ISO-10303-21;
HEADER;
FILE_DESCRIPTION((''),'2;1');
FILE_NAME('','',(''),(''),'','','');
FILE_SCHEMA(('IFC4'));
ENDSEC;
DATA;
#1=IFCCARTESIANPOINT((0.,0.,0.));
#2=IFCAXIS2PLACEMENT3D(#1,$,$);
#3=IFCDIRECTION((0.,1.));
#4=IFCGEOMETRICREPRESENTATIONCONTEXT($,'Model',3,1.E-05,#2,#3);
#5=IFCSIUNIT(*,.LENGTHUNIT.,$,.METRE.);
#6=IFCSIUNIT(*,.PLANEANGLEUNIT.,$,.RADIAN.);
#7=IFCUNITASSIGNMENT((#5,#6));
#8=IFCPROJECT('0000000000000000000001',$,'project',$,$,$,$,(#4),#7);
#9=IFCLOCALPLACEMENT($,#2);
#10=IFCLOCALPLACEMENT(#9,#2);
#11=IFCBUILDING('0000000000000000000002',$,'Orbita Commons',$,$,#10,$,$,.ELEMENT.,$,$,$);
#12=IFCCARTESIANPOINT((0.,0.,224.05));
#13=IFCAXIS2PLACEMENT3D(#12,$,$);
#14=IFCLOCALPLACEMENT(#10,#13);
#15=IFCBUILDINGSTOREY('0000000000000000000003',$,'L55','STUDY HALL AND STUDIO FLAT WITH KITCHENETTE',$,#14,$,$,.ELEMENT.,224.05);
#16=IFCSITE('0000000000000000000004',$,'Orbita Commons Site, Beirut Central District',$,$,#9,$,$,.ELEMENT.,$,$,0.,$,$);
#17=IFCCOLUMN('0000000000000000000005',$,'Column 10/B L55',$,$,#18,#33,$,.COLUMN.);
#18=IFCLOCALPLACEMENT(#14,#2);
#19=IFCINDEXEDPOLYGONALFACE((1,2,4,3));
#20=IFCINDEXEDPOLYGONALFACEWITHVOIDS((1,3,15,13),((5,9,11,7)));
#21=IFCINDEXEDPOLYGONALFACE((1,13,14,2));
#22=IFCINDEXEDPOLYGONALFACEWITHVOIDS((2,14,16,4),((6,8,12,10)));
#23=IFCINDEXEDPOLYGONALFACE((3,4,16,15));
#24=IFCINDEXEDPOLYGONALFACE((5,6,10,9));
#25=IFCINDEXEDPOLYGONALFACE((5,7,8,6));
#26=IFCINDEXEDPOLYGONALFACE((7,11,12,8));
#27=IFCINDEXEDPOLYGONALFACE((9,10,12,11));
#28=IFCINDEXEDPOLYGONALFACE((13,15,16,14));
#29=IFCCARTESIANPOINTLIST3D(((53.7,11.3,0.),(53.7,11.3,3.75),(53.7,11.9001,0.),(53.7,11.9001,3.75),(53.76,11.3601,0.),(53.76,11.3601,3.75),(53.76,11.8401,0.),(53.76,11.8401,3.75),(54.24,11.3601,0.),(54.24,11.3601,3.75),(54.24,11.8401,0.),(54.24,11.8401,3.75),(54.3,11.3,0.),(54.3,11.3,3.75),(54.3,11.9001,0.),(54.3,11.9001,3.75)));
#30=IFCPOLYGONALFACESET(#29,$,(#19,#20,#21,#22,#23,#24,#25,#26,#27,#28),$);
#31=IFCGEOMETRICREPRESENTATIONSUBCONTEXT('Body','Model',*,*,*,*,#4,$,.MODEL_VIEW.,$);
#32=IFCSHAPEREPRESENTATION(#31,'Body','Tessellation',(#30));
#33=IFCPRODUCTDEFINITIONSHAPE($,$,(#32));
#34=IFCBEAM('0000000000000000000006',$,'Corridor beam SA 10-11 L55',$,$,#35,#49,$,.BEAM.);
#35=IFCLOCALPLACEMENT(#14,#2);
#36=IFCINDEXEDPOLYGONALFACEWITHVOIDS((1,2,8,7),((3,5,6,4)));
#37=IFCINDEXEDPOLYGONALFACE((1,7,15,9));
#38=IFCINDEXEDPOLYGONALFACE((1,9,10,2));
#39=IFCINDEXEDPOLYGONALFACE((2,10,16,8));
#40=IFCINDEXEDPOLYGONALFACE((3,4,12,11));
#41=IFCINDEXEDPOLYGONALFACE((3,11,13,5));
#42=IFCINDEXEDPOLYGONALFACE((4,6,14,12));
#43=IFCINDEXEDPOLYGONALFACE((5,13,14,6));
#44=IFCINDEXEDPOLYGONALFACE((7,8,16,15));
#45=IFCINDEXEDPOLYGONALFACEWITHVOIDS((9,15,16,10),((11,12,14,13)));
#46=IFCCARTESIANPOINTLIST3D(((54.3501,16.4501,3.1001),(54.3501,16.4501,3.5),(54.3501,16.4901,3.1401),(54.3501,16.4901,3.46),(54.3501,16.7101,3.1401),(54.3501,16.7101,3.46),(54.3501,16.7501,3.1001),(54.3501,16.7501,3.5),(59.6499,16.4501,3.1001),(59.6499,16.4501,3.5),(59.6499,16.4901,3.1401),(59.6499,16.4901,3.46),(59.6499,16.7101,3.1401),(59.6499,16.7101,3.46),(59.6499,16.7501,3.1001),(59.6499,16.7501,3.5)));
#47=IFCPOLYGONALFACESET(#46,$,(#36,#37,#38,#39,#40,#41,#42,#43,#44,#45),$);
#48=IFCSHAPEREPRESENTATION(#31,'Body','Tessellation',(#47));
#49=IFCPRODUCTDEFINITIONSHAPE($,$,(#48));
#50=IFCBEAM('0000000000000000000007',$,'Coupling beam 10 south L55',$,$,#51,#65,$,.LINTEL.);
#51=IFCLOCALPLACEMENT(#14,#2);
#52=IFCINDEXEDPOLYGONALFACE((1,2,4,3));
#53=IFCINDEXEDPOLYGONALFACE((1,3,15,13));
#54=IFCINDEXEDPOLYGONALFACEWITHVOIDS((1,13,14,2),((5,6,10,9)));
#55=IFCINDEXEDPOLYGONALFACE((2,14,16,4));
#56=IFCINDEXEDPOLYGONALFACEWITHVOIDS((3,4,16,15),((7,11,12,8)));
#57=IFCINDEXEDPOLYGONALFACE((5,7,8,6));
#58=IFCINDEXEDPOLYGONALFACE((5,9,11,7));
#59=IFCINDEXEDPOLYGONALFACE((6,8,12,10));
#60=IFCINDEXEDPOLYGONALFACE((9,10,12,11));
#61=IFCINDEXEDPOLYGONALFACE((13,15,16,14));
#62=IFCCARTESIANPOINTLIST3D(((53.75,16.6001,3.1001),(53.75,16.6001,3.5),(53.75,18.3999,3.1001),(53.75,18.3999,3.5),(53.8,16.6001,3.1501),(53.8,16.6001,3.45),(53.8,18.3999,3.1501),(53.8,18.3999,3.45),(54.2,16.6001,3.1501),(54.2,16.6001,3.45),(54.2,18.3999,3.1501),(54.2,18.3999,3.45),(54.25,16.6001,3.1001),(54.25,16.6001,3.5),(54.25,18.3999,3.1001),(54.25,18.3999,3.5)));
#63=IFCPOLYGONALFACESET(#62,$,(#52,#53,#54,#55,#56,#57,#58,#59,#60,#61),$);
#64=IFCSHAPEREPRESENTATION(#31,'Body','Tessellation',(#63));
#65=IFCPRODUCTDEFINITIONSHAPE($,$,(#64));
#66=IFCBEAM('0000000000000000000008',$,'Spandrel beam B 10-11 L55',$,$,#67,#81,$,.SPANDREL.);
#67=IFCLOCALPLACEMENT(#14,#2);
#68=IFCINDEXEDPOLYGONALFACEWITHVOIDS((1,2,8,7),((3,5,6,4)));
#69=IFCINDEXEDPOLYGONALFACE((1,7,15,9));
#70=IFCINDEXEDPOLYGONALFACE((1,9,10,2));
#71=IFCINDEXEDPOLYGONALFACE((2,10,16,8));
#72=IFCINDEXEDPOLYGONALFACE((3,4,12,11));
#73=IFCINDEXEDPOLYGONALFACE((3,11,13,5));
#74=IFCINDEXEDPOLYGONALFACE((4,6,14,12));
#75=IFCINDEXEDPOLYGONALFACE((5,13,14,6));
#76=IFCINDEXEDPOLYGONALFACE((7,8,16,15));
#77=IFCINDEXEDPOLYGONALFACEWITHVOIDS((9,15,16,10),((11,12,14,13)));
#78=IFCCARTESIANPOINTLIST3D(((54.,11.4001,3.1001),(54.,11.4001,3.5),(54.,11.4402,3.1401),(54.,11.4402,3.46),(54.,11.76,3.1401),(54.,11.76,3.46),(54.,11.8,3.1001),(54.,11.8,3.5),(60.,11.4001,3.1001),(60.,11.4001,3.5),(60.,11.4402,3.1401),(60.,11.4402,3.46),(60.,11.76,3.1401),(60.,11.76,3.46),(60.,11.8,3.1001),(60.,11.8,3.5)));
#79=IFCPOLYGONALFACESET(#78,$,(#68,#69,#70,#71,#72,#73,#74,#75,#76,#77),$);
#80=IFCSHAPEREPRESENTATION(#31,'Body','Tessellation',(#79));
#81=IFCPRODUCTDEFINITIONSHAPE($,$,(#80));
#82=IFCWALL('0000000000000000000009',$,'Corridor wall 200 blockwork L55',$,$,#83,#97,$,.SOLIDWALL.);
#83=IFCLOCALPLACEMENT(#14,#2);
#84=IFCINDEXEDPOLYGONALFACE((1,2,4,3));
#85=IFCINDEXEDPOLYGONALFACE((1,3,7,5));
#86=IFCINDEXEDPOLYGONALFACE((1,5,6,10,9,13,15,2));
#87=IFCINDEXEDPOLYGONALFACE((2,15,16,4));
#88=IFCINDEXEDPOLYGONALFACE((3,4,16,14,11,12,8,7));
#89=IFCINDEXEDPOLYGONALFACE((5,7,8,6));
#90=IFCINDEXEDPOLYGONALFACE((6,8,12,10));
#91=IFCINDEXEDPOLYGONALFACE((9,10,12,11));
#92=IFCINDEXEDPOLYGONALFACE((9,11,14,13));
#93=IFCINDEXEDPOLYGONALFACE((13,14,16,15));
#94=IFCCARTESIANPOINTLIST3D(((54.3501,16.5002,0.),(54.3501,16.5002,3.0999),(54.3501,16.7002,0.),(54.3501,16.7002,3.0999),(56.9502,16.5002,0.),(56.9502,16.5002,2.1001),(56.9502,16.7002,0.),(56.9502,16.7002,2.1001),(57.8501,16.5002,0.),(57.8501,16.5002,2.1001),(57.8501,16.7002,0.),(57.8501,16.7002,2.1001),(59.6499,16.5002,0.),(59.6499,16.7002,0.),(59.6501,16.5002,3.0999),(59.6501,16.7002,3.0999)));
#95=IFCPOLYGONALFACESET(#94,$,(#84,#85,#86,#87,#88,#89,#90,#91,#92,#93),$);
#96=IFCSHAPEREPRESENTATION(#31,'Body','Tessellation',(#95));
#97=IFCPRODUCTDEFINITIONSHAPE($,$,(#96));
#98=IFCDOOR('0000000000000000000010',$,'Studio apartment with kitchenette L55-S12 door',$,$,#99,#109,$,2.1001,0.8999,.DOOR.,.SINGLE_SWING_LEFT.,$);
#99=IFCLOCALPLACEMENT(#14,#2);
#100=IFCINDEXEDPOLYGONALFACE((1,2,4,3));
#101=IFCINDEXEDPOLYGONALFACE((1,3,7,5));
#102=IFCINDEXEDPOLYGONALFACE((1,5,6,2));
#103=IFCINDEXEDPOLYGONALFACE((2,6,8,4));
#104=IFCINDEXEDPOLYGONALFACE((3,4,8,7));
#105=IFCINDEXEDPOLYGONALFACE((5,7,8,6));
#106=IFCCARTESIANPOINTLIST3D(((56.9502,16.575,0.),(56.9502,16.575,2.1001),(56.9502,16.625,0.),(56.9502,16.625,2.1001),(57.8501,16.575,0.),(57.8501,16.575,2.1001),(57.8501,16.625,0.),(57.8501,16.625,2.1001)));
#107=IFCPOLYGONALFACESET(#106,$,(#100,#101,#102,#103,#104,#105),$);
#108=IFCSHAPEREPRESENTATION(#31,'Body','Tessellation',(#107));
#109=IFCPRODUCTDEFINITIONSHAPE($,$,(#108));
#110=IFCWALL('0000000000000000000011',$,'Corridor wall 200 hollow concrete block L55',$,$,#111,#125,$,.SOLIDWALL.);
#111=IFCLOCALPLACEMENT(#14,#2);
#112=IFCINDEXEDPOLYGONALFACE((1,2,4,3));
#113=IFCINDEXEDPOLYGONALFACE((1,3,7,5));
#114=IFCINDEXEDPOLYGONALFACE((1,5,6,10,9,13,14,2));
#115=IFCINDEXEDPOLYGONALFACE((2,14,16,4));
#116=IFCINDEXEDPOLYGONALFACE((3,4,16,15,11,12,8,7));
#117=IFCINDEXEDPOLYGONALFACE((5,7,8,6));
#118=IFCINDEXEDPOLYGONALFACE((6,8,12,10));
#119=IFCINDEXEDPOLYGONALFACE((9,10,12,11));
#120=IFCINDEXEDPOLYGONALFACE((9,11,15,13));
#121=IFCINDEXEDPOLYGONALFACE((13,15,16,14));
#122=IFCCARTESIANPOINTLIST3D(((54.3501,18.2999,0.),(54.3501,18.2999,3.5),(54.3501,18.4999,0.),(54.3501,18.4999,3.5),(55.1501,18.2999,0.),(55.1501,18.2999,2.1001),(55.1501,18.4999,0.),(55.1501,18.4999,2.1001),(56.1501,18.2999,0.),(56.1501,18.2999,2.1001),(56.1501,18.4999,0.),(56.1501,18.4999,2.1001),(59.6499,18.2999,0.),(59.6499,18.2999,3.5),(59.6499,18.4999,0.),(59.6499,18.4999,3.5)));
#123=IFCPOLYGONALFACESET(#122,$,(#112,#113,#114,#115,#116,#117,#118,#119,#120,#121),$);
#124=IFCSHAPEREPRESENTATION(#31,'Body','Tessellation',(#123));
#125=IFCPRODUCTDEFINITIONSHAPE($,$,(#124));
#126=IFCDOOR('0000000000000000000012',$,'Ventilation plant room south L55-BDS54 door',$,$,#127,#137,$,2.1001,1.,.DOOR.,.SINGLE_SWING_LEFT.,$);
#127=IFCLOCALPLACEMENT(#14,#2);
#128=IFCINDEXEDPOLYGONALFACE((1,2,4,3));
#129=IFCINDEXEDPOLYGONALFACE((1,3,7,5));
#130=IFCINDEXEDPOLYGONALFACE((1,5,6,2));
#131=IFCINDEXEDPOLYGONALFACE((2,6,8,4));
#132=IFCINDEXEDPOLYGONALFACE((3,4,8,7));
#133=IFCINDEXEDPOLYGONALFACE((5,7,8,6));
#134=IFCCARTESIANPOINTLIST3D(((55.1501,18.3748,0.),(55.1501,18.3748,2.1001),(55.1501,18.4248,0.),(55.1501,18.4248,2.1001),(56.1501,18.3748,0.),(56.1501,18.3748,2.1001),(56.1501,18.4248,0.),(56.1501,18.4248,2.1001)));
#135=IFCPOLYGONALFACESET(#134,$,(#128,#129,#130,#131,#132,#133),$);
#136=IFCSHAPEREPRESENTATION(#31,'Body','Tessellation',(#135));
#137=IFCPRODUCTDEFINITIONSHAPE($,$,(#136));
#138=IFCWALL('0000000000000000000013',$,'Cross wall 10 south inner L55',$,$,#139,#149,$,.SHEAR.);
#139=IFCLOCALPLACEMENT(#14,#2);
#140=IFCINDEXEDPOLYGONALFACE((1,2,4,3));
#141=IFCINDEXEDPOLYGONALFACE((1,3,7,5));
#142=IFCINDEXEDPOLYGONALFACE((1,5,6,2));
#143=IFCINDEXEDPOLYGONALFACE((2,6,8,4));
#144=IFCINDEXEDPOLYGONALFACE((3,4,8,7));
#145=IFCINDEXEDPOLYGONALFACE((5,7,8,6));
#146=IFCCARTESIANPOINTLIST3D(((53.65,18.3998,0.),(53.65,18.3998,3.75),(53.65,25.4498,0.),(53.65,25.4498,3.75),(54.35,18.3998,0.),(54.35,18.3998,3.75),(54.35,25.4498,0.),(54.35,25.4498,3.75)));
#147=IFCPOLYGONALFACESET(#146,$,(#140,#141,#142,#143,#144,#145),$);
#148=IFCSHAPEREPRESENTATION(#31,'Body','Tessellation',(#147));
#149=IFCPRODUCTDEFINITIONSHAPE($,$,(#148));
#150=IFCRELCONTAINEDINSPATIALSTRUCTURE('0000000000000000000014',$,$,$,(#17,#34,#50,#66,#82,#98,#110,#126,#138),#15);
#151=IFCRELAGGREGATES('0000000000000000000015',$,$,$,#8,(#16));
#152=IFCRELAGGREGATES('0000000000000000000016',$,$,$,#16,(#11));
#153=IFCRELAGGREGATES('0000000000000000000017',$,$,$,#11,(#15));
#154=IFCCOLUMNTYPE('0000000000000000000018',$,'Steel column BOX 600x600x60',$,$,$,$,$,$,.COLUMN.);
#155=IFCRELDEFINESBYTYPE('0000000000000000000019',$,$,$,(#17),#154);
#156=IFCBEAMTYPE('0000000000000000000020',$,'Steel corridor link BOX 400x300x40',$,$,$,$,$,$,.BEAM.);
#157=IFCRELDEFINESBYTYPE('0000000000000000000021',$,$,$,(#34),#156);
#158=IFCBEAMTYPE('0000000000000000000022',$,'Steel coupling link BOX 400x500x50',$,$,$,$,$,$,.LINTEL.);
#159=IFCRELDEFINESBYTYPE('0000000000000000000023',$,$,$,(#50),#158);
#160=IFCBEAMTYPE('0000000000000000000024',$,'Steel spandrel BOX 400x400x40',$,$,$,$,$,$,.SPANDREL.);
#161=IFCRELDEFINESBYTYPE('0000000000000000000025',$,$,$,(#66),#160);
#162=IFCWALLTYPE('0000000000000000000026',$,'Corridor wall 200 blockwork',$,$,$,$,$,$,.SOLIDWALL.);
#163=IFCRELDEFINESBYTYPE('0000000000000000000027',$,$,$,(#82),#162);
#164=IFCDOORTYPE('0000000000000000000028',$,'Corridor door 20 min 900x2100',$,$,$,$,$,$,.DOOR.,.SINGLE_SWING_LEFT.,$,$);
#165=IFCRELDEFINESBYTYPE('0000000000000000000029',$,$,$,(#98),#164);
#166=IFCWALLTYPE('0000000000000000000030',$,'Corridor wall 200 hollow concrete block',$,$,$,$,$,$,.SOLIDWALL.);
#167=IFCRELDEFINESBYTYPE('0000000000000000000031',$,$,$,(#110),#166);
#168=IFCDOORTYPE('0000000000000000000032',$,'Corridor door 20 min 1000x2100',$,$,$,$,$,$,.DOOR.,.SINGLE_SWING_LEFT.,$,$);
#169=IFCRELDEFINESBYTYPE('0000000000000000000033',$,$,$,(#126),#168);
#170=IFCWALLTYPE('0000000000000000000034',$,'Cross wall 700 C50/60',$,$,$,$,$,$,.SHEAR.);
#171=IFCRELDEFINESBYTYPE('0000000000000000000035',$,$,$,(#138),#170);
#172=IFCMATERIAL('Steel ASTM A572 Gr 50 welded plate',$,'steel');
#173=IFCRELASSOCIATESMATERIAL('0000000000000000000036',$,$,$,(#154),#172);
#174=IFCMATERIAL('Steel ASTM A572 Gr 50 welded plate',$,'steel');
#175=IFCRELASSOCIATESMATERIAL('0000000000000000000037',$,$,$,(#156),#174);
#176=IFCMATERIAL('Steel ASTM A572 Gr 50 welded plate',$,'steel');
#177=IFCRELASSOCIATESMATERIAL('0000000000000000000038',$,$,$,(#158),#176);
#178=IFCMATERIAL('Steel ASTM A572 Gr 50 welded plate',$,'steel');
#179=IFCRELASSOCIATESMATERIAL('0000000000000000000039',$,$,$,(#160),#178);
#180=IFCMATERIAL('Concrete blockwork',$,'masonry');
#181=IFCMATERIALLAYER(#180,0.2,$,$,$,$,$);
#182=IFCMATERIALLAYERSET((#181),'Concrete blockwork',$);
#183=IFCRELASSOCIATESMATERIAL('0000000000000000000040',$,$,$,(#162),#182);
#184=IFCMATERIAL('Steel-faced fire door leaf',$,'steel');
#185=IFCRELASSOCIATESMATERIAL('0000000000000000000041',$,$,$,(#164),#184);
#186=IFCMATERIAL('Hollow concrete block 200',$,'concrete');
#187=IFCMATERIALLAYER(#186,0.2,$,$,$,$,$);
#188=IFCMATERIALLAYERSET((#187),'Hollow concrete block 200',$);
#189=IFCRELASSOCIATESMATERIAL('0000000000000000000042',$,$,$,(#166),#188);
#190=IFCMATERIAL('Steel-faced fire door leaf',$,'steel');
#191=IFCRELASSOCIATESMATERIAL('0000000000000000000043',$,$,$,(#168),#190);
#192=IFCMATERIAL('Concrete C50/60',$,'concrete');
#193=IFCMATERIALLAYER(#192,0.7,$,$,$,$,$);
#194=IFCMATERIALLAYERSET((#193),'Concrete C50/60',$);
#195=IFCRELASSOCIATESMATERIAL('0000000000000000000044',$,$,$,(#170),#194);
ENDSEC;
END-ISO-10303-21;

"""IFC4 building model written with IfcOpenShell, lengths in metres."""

from ifc_helpers import new_model, si_unit, direction, frame, frame_2d, origin, origin_2d, place, context, subcontext, project, spatial, polyline, rectangle, hollow_rectangle, outline, extrude, material, layer, layer_set, material_profile, profile_set, type_object, element, fill, save


model = new_model("IFC4")

# Units and contexts
model_context = context("Model", 3, precision=1e-05, world=origin(), true_north=direction((0.0, 1.0)))
body_context = subcontext(model_context, "Body", "Model", "MODEL_VIEW")
ifc_project = project(units=[si_unit("LENGTHUNIT", "METRE"), si_unit("PLANEANGLEUNIT", "RADIAN")], contexts=[model_context])

# Site, building, storey
site_placement = place(None, origin())
site = spatial("IfcSite", under=ifc_project, at=site_placement, Name="Orbita Commons Site, Beirut Central District", CompositionType="ELEMENT", RefElevation=0.0)
building_placement = place(site_placement, origin())
building = spatial("IfcBuilding", under=site, at=building_placement, Name="Orbita Commons", CompositionType="ELEMENT")
storey_placement = place(building_placement, frame((0.0, 0.0, 224.05)))
storey = spatial("IfcBuildingStorey", under=building, at=storey_placement, Name="L55", Description="STUDY HALL AND STUDIO FLAT WITH KITCHENETTE", CompositionType="ELEMENT", Elevation=224.05)

# Column
ifc_material_1 = material(Name="Steel ASTM A572 Gr 50 welded plate", Category="steel")
ifc_material_profile_1 = material_profile(ifc_material_1, hollow_rectangle(XDim=0.6001, YDim=0.6001, WallThickness=0.0601, at=origin_2d()), Name="BOX 600x600x60")
ifc_profile_set_1 = profile_set([ifc_material_profile_1], Name="Steel ASTM A572 Gr 50 welded plate")
column_type = type_object("IfcColumnType", Name="Steel column BOX 600x600x60", PredefinedType="COLUMN", material=ifc_profile_set_1)
column_placement = place(storey_placement, frame((54.0, 11.6001, 0.0), z_axis=(0.0, 0.0, 1.0), x_axis=(1.0, 0.0, 0.0)))
element("IfcColumn", 1, at=column_placement, inside=storey, type_object=column_type, Name="Column 10/B L55", PredefinedType="COLUMN", context=body_context, shape_type="SweptSolid", body=[
    extrude(hollow_rectangle(XDim=0.6001, YDim=0.6001, WallThickness=0.0601, at=origin_2d()), origin(), (0.0, 0.0, 1.0), 3.75),
])

# Beams
ifc_material_2 = material(Name="Steel ASTM A572 Gr 50 welded plate", Category="steel")
ifc_material_profile_2 = material_profile(ifc_material_2, hollow_rectangle(XDim=0.3, YDim=0.3999, WallThickness=0.04, at=origin_2d()), Name="BOX 400x300x40")
ifc_profile_set_2 = profile_set([ifc_material_profile_2], Name="Steel ASTM A572 Gr 50 welded plate")
beam_type_1 = type_object("IfcBeamType", Name="Steel corridor link BOX 400x300x40", PredefinedType="BEAM", material=ifc_profile_set_2)
beam_1_placement = place(storey_placement, frame((54.3501, 16.6001, 3.3), z_axis=(1.0, 0.0, 0.0), x_axis=(0.0, 1.0, 0.0)))
element("IfcBeam", 2, at=beam_1_placement, inside=storey, type_object=beam_type_1, Name="Corridor beam SA 10-11 L55", PredefinedType="BEAM", context=body_context, shape_type="SweptSolid", body=[
    extrude(hollow_rectangle(XDim=0.3, YDim=0.3999, WallThickness=0.04, at=origin_2d()), origin(), (0.0, 0.0, 1.0), 5.2998),
])
ifc_material_3 = material(Name="Steel ASTM A572 Gr 50 welded plate", Category="steel")
ifc_material_profile_3 = material_profile(ifc_material_3, hollow_rectangle(XDim=0.5, YDim=0.3999, WallThickness=0.05, at=origin_2d()), Name="BOX 400x500x50")
ifc_profile_set_3 = profile_set([ifc_material_profile_3], Name="Steel ASTM A572 Gr 50 welded plate")
beam_type_2 = type_object("IfcBeamType", Name="Steel coupling link BOX 400x500x50", PredefinedType="LINTEL", material=ifc_profile_set_3)
beam_2_placement = place(storey_placement, frame((54.0, 16.6001, 3.3), z_axis=(0.0, 1.0, 0.0), x_axis=(-1.0, 0.0, 0.0)))
element("IfcBeam", 3, at=beam_2_placement, inside=storey, type_object=beam_type_2, Name="Coupling beam 10 south L55", PredefinedType="LINTEL", context=body_context, shape_type="SweptSolid", body=[
    extrude(hollow_rectangle(XDim=0.5, YDim=0.3999, WallThickness=0.05, at=origin_2d()), origin(), (0.0, 0.0, 1.0), 1.7998),
])
ifc_material_4 = material(Name="Steel ASTM A572 Gr 50 welded plate", Category="steel")
ifc_material_profile_4 = material_profile(ifc_material_4, hollow_rectangle(XDim=0.3999, YDim=0.3999, WallThickness=0.04, at=origin_2d()), Name="BOX 400x400x40")
ifc_profile_set_4 = profile_set([ifc_material_profile_4], Name="Steel ASTM A572 Gr 50 welded plate")
beam_type_3 = type_object("IfcBeamType", Name="Steel spandrel BOX 400x400x40", PredefinedType="SPANDREL", material=ifc_profile_set_4)
beam_3_placement = place(storey_placement, frame((54.0, 11.6001, 3.3), z_axis=(1.0, 0.0, 0.0), x_axis=(0.0, 1.0, 0.0)))
element("IfcBeam", 4, at=beam_3_placement, inside=storey, type_object=beam_type_3, Name="Spandrel beam B 10-11 L55", PredefinedType="SPANDREL", context=body_context, shape_type="SweptSolid", body=[
    extrude(hollow_rectangle(XDim=0.3999, YDim=0.3999, WallThickness=0.04, at=origin_2d()), origin(), (0.0, 0.0, 1.0), 6.0),
])

# Walls, openings, doors
ifc_material_5 = material(Name="Concrete blockwork", Category="masonry")
ifc_layer_1 = layer(ifc_material_5, 0.2)
ifc_layer_set_1 = layer_set([ifc_layer_1], Name="Concrete blockwork")
wall_type_1 = type_object("IfcWallType", Name="Corridor wall 200 blockwork", PredefinedType="SOLIDWALL", material=ifc_layer_set_1)
wall_1_placement = place(storey_placement, frame((54.3501, 16.6001, 0.0), z_axis=(0.0, 0.0, 1.0), x_axis=(1.0, 0.0, 0.0)))
wall_1 = element("IfcWall", 5, at=wall_1_placement, inside=storey, type_object=wall_type_1, Name="Corridor wall 200 blockwork L55", PredefinedType="SOLIDWALL", context=body_context, shape_type="SweptSolid", body=[
    extrude(outline(polyline([(0.0, 0.0), (5.2998, 0.0), (5.3, 3.0999), (0.0, 3.0999), (0.0, 0.0)])), frame((0.0, 0.1001, 0.0), z_axis=(0.0, -1.0, 0.0), x_axis=(1.0, 0.0, 0.0)), (0.0, 0.0, 1.0), 0.2),
])
opening_1_placement = place(wall_1_placement, frame((2.6001, 0.0, 0.0)))
opening_1 = element("IfcOpeningElement", 6, at=opening_1_placement, cuts=wall_1, PredefinedType="OPENING", context=body_context, shape_type="SweptSolid", body=[
    extrude(rectangle(XDim=0.8999, YDim=2.1001, at=frame_2d((0.45, 1.05))), frame((0.0, 0.1099, 0.0), z_axis=(0.0, -1.0, 0.0), x_axis=(1.0, 0.0, 0.0)), (0.0, 0.0, 1.0), 0.22),
])
ifc_material_6 = material(Name="Steel-faced fire door leaf", Category="steel")
door_type_1 = type_object("IfcDoorType", Name="Corridor door 20 min 900x2100", OperationType="SINGLE_SWING_LEFT", PredefinedType="DOOR", material=ifc_material_6)
door_1_placement = place(opening_1_placement, origin())
door_1 = element("IfcDoor", 7, at=door_1_placement, inside=storey, type_object=door_type_1, Name="Studio apartment with kitchenette L55-S12 door", OperationType="SINGLE_SWING_LEFT", OverallHeight=2.1001, OverallWidth=0.8999, PredefinedType="DOOR", context=body_context, shape_type="SweptSolid", body=[
    extrude(rectangle(XDim=0.8999, YDim=2.1001, at=frame_2d((0.45, 1.05))), frame((0.0, 0.0249, 0.0), z_axis=(0.0, -1.0, 0.0), x_axis=(1.0, 0.0, 0.0)), (0.0, 0.0, 1.0), 0.05),
])
fill(opening_1, door_1)
ifc_material_7 = material(Name="Hollow concrete block 200", Category="concrete")
ifc_layer_2 = layer(ifc_material_7, 0.2)
ifc_layer_set_2 = layer_set([ifc_layer_2], Name="Hollow concrete block 200")
wall_type_2 = type_object("IfcWallType", Name="Corridor wall 200 hollow concrete block", PredefinedType="SOLIDWALL", material=ifc_layer_set_2)
wall_2_placement = place(storey_placement, frame((54.3501, 18.3999, 0.0), z_axis=(0.0, 0.0, 1.0), x_axis=(1.0, 0.0, 0.0)))
wall_2 = element("IfcWall", 8, at=wall_2_placement, inside=storey, type_object=wall_type_2, Name="Corridor wall 200 hollow concrete block L55", PredefinedType="SOLIDWALL", context=body_context, shape_type="SweptSolid", body=[
    extrude(rectangle(XDim=5.2998, YDim=0.2, at=frame_2d((2.6499, 0.0))), origin(), (0.0, 0.0, 1.0), 3.5),
])
opening_2_placement = place(wall_2_placement, frame((0.8, 0.0, 0.0)))
opening_2 = element("IfcOpeningElement", 9, at=opening_2_placement, cuts=wall_2, PredefinedType="OPENING", context=body_context, shape_type="SweptSolid", body=[
    extrude(rectangle(XDim=1.0, YDim=2.1001, at=frame_2d((0.5, 1.05))), frame((0.0, 0.1099, 0.0), z_axis=(0.0, -1.0, 0.0), x_axis=(1.0, 0.0, 0.0)), (0.0, 0.0, 1.0), 0.22),
])
ifc_material_8 = material(Name="Steel-faced fire door leaf", Category="steel")
door_type_2 = type_object("IfcDoorType", Name="Corridor door 20 min 1000x2100", OperationType="SINGLE_SWING_LEFT", PredefinedType="DOOR", material=ifc_material_8)
door_2_placement = place(opening_2_placement, origin())
door_2 = element("IfcDoor", 10, at=door_2_placement, inside=storey, type_object=door_type_2, Name="Ventilation plant room south L55-BDS54 door", OperationType="SINGLE_SWING_LEFT", OverallHeight=2.1001, OverallWidth=1.0, PredefinedType="DOOR", context=body_context, shape_type="SweptSolid", body=[
    extrude(rectangle(XDim=1.0, YDim=2.1001, at=frame_2d((0.5, 1.05))), frame((0.0, 0.0249, 0.0), z_axis=(0.0, -1.0, 0.0), x_axis=(1.0, 0.0, 0.0)), (0.0, 0.0, 1.0), 0.05),
])
fill(opening_2, door_2)

# Wall
ifc_material_9 = material(Name="Concrete C50/60", Category="concrete")
ifc_layer_3 = layer(ifc_material_9, 0.7)
ifc_layer_set_3 = layer_set([ifc_layer_3], Name="Concrete C50/60")
wall_type_3 = type_object("IfcWallType", Name="Cross wall 700 C50/60", PredefinedType="SHEAR", material=ifc_layer_set_3)
wall_3_placement = place(storey_placement, frame((54.0, 18.3999, 0.0), z_axis=(0.0, 0.0, 1.0), x_axis=(0.0, 1.0, 0.0)))
element("IfcWall", 11, at=wall_3_placement, inside=storey, type_object=wall_type_3, Name="Cross wall 10 south inner L55", PredefinedType="SHEAR", context=body_context, shape_type="SweptSolid", body=[
    extrude(rectangle(XDim=7.05, YDim=0.7, at=frame_2d((3.5249, 0.0))), origin(), (0.0, 0.0, 1.0), 3.75),
])

save(model, "model.ifc")
